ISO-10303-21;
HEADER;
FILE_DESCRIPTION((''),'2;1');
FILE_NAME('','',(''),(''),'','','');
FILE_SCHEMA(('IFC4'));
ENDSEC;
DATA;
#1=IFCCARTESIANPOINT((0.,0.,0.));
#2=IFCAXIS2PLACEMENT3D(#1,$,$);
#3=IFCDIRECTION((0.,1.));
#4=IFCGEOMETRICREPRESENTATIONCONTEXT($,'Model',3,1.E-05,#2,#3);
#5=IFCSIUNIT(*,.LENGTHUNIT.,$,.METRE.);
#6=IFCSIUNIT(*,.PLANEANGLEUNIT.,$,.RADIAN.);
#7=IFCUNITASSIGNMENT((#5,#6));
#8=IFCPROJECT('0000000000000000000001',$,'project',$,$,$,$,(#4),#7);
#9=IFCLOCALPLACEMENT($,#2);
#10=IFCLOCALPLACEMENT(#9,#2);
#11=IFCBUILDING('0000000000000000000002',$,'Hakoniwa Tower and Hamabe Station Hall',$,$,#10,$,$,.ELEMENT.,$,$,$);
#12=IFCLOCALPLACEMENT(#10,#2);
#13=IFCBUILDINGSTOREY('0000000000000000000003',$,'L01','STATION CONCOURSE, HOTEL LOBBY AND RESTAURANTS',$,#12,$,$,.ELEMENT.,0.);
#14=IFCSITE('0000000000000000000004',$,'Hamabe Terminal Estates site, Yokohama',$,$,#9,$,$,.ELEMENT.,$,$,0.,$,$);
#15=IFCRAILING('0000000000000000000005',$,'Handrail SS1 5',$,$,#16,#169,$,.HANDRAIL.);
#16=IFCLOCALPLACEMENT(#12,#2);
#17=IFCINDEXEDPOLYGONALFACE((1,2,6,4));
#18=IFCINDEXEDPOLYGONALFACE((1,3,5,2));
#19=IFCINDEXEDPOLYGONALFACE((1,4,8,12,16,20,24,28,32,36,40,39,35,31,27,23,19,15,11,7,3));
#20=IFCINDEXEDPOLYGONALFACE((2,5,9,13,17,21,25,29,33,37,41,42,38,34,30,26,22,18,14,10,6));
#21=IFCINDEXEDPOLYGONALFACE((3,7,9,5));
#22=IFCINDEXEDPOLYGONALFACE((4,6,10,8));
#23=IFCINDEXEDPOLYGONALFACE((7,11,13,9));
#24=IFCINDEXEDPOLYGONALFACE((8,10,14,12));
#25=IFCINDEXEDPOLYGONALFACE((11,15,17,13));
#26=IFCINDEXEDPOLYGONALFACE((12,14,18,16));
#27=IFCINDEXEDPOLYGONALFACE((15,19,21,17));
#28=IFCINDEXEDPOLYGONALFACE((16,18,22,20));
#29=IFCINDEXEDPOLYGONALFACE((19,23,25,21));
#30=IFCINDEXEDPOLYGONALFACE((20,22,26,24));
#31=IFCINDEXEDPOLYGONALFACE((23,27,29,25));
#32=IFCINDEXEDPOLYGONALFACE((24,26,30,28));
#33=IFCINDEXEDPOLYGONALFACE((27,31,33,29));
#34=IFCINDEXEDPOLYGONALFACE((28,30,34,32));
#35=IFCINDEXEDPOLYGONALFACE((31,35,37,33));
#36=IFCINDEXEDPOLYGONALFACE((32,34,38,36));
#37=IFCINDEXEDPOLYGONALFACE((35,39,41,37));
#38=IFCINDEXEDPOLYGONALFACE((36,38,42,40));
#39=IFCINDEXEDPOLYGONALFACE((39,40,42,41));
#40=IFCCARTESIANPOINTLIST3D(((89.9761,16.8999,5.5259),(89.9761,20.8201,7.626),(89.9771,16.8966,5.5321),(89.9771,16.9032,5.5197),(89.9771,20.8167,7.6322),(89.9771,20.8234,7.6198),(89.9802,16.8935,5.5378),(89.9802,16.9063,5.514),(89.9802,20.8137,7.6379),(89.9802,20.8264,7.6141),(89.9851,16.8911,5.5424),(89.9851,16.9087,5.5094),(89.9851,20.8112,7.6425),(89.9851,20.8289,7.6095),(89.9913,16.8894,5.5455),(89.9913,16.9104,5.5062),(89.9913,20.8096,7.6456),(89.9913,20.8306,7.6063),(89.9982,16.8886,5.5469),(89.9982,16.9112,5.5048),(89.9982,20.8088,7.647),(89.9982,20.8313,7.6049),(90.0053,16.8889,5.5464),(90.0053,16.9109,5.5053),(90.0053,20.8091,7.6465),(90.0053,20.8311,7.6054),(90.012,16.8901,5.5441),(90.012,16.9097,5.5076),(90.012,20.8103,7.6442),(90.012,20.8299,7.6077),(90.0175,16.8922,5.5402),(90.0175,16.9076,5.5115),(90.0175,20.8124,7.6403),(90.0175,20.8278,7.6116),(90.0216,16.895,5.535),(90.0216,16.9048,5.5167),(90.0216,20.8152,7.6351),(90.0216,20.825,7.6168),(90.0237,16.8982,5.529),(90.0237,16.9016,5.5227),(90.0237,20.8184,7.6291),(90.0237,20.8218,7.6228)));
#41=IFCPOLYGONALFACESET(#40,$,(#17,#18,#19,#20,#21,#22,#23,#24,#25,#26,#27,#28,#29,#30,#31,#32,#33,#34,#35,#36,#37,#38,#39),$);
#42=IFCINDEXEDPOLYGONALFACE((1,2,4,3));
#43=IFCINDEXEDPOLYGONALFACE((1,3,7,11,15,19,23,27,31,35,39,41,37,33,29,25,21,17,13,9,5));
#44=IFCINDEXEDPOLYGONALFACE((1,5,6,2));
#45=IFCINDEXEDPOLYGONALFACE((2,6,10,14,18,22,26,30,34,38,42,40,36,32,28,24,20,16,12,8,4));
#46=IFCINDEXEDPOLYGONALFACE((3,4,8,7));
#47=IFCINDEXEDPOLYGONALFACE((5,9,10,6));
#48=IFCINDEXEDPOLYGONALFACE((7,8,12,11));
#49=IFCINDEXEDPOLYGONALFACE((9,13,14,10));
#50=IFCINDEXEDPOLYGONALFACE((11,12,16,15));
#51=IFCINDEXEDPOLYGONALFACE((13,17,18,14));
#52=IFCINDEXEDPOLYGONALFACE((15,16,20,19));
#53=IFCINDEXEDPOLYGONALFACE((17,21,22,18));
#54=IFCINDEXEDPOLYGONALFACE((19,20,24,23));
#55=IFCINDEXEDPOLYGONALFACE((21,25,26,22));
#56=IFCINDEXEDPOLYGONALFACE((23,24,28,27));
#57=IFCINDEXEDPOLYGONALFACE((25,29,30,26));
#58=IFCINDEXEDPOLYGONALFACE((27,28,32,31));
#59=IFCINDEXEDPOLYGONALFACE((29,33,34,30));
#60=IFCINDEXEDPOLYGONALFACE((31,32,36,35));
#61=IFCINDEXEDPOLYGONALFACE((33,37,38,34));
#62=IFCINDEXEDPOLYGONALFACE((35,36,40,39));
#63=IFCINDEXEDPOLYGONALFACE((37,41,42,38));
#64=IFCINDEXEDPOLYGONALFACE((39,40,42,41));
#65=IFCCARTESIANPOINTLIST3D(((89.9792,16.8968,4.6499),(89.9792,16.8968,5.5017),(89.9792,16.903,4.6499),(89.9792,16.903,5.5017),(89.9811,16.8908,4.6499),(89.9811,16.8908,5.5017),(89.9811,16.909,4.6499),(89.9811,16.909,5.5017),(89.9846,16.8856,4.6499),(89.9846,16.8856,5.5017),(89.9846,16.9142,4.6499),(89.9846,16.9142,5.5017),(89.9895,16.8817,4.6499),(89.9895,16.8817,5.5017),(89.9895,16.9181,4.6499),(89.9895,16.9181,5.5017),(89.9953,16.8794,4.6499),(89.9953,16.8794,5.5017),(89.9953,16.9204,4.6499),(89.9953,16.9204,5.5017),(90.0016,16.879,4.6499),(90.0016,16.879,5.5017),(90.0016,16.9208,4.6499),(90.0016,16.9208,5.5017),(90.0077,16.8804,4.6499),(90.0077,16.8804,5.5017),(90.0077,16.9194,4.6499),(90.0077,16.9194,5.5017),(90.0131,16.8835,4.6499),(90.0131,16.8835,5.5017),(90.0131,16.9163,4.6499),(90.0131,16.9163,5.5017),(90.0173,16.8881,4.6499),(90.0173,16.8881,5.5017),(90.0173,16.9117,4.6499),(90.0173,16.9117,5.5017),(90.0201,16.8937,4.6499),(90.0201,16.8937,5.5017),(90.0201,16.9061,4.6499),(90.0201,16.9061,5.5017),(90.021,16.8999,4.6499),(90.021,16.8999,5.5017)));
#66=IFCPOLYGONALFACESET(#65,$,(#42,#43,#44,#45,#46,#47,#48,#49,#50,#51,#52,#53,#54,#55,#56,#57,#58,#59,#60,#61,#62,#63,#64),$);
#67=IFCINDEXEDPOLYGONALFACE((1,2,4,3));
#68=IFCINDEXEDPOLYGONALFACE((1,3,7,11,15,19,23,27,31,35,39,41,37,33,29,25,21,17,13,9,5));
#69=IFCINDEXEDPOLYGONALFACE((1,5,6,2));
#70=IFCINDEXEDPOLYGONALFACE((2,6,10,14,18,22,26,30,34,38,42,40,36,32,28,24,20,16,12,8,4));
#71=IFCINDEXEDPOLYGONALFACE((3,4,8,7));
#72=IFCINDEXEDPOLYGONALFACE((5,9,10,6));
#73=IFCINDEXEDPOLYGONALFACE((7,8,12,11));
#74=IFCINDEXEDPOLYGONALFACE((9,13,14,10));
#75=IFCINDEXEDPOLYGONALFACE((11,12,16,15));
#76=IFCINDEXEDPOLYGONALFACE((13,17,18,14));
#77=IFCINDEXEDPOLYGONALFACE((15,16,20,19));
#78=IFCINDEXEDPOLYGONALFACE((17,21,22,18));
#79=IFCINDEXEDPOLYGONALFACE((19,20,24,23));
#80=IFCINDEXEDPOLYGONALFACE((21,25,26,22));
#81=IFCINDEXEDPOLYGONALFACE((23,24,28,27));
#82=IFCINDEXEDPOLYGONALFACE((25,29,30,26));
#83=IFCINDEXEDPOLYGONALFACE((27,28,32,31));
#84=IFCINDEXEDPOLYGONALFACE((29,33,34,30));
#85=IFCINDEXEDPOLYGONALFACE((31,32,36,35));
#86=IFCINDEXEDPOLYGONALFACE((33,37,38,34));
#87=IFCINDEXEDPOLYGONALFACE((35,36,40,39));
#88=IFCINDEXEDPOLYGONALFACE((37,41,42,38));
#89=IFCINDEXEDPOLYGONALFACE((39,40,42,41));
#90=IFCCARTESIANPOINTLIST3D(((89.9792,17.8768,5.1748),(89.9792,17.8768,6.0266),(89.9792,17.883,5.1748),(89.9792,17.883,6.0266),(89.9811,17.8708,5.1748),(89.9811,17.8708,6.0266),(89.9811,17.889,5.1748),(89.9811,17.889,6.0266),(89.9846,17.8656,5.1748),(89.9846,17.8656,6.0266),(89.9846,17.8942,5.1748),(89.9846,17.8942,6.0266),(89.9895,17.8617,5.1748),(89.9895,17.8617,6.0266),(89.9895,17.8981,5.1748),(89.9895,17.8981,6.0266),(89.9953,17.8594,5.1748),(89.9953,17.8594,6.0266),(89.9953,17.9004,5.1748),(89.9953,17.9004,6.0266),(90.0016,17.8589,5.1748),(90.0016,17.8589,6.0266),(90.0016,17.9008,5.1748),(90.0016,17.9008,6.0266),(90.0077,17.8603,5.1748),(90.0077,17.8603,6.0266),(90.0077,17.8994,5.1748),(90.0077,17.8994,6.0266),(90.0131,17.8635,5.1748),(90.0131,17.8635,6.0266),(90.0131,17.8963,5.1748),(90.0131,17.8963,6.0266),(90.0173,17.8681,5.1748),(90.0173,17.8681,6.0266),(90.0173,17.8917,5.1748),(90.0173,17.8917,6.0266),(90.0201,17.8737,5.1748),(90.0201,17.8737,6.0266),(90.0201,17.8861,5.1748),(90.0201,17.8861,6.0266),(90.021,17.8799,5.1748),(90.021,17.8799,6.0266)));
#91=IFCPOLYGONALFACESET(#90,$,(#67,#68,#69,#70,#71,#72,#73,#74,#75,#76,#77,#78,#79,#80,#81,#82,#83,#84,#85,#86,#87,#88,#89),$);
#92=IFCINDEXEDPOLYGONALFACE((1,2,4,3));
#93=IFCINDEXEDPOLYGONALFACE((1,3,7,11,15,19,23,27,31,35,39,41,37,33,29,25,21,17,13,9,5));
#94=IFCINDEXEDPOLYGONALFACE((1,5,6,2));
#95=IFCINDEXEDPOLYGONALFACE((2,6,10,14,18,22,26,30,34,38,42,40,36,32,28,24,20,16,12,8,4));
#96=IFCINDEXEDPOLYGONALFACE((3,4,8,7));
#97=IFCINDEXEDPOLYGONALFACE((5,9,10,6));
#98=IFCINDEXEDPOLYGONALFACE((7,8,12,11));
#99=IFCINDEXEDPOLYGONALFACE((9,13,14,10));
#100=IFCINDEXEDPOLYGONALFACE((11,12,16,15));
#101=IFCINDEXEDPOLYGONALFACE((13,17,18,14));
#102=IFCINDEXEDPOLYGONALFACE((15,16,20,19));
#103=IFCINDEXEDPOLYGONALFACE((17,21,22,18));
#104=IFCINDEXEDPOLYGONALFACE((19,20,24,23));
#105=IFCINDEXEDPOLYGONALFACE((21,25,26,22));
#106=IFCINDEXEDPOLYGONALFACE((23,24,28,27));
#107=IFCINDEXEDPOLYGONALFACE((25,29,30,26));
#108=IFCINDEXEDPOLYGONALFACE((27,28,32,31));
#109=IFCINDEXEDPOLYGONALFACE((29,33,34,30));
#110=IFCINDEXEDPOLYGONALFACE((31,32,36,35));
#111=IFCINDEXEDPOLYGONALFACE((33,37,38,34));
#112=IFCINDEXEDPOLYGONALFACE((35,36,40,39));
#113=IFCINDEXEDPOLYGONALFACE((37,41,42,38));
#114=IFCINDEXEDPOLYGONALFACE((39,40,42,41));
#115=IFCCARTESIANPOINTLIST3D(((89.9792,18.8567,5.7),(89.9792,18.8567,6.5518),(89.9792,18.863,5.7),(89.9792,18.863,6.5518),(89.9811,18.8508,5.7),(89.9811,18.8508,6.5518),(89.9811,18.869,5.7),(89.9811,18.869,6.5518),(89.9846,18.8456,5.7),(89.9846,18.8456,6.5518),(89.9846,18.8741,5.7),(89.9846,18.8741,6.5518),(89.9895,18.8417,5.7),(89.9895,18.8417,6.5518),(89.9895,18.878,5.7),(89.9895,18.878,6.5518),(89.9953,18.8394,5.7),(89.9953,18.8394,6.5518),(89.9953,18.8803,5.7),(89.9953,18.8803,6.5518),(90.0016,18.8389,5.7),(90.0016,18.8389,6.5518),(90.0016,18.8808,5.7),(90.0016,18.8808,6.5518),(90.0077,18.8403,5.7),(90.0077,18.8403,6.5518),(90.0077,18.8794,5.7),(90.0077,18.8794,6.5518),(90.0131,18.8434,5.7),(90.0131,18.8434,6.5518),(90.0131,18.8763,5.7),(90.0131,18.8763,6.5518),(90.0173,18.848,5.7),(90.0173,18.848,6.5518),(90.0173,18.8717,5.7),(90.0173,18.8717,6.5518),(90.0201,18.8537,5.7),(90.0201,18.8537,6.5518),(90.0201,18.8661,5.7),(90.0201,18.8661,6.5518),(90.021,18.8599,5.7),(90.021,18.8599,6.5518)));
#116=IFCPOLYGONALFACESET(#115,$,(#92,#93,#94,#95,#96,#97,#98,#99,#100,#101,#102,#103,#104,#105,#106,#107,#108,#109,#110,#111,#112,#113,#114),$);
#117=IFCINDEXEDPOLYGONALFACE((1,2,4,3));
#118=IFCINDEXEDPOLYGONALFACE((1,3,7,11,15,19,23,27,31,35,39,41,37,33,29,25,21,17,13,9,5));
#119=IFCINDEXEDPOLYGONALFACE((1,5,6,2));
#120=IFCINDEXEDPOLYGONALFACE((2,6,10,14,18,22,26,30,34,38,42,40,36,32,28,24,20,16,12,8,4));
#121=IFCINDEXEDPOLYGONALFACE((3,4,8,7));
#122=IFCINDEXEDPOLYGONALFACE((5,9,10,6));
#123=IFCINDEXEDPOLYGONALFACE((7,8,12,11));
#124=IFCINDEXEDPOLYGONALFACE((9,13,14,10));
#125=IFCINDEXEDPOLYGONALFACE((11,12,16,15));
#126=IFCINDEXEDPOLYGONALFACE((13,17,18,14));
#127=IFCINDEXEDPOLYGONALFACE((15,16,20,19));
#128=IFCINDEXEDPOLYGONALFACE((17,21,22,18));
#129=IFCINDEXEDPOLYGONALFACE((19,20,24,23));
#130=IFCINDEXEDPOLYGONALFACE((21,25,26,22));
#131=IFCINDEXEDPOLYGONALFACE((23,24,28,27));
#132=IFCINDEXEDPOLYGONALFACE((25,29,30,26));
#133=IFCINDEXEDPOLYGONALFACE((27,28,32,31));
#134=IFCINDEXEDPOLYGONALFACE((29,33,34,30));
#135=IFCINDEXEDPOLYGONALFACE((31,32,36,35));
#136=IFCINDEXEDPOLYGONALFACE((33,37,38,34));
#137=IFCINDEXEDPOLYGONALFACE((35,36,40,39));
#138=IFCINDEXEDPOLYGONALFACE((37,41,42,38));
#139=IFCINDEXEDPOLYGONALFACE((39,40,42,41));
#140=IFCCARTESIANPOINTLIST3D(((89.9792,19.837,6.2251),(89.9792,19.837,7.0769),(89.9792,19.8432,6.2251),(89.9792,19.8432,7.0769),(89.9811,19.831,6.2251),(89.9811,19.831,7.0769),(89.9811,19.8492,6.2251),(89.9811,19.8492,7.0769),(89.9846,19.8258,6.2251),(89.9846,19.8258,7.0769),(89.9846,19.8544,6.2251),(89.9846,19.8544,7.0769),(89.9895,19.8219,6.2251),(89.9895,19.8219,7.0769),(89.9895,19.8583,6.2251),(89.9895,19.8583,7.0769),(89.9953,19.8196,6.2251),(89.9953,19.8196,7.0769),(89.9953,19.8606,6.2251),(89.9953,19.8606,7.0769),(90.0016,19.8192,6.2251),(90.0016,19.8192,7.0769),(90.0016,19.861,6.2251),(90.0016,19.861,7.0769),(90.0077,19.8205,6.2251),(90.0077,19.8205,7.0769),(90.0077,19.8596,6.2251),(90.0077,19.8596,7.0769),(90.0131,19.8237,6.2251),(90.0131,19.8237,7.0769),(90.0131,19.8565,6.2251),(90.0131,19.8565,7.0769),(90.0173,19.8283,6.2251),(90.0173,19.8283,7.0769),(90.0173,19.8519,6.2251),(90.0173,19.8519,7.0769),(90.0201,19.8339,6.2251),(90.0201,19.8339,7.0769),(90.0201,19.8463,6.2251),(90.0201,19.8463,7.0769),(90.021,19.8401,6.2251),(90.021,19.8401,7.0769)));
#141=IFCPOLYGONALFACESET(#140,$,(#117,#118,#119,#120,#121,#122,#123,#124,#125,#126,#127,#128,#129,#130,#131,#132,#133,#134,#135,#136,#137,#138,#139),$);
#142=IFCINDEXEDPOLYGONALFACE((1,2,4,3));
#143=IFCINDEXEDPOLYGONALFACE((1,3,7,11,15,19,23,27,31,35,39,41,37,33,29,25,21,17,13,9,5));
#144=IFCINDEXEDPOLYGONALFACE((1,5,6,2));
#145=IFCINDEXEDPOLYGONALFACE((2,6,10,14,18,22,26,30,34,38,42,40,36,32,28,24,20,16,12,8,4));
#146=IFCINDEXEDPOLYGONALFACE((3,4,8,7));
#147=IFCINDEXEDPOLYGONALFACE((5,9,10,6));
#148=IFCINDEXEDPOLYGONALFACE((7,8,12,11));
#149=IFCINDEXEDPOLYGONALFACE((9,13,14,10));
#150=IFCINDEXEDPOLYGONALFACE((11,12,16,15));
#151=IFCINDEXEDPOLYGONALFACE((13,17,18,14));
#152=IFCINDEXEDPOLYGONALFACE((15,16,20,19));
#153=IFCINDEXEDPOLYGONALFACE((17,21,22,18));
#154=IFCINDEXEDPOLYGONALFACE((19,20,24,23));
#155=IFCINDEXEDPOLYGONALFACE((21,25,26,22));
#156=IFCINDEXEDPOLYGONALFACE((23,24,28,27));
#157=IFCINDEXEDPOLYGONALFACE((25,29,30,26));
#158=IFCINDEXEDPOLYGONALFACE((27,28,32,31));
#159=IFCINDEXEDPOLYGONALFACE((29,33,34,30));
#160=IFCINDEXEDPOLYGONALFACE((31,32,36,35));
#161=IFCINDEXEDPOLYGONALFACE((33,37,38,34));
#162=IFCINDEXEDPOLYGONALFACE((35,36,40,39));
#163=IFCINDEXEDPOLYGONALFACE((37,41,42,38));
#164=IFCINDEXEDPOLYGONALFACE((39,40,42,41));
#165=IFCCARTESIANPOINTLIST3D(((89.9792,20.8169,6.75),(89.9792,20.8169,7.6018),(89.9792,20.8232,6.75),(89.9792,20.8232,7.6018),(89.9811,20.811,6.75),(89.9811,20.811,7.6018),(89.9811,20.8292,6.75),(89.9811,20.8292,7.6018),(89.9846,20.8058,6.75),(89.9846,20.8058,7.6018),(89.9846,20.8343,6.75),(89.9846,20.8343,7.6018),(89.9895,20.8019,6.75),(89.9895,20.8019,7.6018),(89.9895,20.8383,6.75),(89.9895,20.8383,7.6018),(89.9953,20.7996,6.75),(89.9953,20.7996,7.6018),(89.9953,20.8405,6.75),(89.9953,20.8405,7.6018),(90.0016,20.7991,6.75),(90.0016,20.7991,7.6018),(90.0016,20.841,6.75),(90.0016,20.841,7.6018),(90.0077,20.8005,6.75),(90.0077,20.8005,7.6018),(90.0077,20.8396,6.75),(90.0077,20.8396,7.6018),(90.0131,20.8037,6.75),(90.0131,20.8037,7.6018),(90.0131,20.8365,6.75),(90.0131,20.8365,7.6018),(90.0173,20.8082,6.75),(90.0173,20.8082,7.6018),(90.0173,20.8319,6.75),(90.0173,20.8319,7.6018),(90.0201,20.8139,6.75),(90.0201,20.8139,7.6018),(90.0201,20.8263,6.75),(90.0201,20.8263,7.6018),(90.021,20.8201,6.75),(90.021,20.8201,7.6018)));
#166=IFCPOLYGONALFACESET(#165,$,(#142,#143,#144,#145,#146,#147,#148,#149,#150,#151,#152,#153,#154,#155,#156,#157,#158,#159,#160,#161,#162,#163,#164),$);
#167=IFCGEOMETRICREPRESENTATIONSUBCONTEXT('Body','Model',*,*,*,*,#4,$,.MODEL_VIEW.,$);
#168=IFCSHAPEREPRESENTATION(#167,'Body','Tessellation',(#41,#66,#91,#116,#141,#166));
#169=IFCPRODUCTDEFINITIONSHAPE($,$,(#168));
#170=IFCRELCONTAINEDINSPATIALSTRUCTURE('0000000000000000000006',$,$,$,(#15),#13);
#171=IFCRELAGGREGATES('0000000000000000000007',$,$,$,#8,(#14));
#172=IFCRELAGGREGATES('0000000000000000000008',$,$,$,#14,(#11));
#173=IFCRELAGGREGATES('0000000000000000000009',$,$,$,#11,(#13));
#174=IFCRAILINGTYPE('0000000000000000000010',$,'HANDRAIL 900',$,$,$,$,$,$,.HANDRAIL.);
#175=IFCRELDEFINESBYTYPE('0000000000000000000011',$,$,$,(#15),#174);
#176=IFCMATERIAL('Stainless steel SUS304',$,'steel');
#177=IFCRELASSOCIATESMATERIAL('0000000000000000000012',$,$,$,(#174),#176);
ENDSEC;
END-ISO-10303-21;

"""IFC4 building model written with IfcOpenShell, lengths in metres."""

from ifc_helpers import new_model, si_unit, direction, frame, origin, origin_2d, place, context, subcontext, project, spatial, circle, extrude, material, type_object, element, save


model = new_model("IFC4")

# Units and contexts
model_context = context("Model", 3, precision=1e-05, world=origin(), true_north=direction((0.0, 1.0)))
body_context = subcontext(model_context, "Body", "Model", "MODEL_VIEW")
ifc_project = project(units=[si_unit("LENGTHUNIT", "METRE"), si_unit("PLANEANGLEUNIT", "RADIAN")], contexts=[model_context])

# Site, building, storey
site_placement = place(None, origin())
site = spatial("IfcSite", under=ifc_project, at=site_placement, Name="Hamabe Terminal Estates site, Yokohama", CompositionType="ELEMENT", RefElevation=0.0)
building_placement = place(site_placement, origin())
building = spatial("IfcBuilding", under=site, at=building_placement, Name="Hakoniwa Tower and Hamabe Station Hall", CompositionType="ELEMENT")
storey_placement = place(building_placement, origin())
storey = spatial("IfcBuildingStorey", under=building, at=storey_placement, Name="L01", Description="STATION CONCOURSE, HOTEL LOBBY AND RESTAURANTS", CompositionType="ELEMENT", Elevation=0.0)

# Railing
ifc_material_1 = material(Name="Stainless steel SUS304", Category="steel")
railing_type = type_object("IfcRailingType", Name="HANDRAIL 900", PredefinedType="HANDRAIL", material=ifc_material_1)
for number, where, name in (
    (1, (90.0, 16.8999, 4.6499), "Handrail SS1 5"),
):
    element("IfcRailing", number, at=place(storey_placement, frame(where)), inside=storey, type_object=railing_type, Name=name, PredefinedType="HANDRAIL", context=body_context, shape_type="SweptSolid", body=[
        extrude(circle(Radius=0.0239, at=origin_2d()), frame((0.0, 0.0, 0.876), z_axis=(0.0, 0.881479, 0.472223), x_axis=(-1.0, 0.0, 0.0)), (0.0, 0.0, 1.0), 4.4473),
        extrude(circle(Radius=0.021, at=origin_2d()), origin(), (0.0, 0.0, 1.0), 0.8518),
        extrude(circle(Radius=0.021, at=origin_2d()), frame((0.0, 0.98, 0.5249)), (0.0, 0.0, 1.0), 0.8518),
        extrude(circle(Radius=0.021, at=origin_2d()), frame((0.0, 1.96, 1.05)), (0.0, 0.0, 1.0), 0.8518),
        extrude(circle(Radius=0.021, at=origin_2d()), frame((0.0, 2.9402, 1.5752)), (0.0, 0.0, 1.0), 0.8518),
        extrude(circle(Radius=0.021, at=origin_2d()), frame((0.0, 3.9202, 2.1001)), (0.0, 0.0, 1.0), 0.8518),
    ])

save(model, "model.ifc")
